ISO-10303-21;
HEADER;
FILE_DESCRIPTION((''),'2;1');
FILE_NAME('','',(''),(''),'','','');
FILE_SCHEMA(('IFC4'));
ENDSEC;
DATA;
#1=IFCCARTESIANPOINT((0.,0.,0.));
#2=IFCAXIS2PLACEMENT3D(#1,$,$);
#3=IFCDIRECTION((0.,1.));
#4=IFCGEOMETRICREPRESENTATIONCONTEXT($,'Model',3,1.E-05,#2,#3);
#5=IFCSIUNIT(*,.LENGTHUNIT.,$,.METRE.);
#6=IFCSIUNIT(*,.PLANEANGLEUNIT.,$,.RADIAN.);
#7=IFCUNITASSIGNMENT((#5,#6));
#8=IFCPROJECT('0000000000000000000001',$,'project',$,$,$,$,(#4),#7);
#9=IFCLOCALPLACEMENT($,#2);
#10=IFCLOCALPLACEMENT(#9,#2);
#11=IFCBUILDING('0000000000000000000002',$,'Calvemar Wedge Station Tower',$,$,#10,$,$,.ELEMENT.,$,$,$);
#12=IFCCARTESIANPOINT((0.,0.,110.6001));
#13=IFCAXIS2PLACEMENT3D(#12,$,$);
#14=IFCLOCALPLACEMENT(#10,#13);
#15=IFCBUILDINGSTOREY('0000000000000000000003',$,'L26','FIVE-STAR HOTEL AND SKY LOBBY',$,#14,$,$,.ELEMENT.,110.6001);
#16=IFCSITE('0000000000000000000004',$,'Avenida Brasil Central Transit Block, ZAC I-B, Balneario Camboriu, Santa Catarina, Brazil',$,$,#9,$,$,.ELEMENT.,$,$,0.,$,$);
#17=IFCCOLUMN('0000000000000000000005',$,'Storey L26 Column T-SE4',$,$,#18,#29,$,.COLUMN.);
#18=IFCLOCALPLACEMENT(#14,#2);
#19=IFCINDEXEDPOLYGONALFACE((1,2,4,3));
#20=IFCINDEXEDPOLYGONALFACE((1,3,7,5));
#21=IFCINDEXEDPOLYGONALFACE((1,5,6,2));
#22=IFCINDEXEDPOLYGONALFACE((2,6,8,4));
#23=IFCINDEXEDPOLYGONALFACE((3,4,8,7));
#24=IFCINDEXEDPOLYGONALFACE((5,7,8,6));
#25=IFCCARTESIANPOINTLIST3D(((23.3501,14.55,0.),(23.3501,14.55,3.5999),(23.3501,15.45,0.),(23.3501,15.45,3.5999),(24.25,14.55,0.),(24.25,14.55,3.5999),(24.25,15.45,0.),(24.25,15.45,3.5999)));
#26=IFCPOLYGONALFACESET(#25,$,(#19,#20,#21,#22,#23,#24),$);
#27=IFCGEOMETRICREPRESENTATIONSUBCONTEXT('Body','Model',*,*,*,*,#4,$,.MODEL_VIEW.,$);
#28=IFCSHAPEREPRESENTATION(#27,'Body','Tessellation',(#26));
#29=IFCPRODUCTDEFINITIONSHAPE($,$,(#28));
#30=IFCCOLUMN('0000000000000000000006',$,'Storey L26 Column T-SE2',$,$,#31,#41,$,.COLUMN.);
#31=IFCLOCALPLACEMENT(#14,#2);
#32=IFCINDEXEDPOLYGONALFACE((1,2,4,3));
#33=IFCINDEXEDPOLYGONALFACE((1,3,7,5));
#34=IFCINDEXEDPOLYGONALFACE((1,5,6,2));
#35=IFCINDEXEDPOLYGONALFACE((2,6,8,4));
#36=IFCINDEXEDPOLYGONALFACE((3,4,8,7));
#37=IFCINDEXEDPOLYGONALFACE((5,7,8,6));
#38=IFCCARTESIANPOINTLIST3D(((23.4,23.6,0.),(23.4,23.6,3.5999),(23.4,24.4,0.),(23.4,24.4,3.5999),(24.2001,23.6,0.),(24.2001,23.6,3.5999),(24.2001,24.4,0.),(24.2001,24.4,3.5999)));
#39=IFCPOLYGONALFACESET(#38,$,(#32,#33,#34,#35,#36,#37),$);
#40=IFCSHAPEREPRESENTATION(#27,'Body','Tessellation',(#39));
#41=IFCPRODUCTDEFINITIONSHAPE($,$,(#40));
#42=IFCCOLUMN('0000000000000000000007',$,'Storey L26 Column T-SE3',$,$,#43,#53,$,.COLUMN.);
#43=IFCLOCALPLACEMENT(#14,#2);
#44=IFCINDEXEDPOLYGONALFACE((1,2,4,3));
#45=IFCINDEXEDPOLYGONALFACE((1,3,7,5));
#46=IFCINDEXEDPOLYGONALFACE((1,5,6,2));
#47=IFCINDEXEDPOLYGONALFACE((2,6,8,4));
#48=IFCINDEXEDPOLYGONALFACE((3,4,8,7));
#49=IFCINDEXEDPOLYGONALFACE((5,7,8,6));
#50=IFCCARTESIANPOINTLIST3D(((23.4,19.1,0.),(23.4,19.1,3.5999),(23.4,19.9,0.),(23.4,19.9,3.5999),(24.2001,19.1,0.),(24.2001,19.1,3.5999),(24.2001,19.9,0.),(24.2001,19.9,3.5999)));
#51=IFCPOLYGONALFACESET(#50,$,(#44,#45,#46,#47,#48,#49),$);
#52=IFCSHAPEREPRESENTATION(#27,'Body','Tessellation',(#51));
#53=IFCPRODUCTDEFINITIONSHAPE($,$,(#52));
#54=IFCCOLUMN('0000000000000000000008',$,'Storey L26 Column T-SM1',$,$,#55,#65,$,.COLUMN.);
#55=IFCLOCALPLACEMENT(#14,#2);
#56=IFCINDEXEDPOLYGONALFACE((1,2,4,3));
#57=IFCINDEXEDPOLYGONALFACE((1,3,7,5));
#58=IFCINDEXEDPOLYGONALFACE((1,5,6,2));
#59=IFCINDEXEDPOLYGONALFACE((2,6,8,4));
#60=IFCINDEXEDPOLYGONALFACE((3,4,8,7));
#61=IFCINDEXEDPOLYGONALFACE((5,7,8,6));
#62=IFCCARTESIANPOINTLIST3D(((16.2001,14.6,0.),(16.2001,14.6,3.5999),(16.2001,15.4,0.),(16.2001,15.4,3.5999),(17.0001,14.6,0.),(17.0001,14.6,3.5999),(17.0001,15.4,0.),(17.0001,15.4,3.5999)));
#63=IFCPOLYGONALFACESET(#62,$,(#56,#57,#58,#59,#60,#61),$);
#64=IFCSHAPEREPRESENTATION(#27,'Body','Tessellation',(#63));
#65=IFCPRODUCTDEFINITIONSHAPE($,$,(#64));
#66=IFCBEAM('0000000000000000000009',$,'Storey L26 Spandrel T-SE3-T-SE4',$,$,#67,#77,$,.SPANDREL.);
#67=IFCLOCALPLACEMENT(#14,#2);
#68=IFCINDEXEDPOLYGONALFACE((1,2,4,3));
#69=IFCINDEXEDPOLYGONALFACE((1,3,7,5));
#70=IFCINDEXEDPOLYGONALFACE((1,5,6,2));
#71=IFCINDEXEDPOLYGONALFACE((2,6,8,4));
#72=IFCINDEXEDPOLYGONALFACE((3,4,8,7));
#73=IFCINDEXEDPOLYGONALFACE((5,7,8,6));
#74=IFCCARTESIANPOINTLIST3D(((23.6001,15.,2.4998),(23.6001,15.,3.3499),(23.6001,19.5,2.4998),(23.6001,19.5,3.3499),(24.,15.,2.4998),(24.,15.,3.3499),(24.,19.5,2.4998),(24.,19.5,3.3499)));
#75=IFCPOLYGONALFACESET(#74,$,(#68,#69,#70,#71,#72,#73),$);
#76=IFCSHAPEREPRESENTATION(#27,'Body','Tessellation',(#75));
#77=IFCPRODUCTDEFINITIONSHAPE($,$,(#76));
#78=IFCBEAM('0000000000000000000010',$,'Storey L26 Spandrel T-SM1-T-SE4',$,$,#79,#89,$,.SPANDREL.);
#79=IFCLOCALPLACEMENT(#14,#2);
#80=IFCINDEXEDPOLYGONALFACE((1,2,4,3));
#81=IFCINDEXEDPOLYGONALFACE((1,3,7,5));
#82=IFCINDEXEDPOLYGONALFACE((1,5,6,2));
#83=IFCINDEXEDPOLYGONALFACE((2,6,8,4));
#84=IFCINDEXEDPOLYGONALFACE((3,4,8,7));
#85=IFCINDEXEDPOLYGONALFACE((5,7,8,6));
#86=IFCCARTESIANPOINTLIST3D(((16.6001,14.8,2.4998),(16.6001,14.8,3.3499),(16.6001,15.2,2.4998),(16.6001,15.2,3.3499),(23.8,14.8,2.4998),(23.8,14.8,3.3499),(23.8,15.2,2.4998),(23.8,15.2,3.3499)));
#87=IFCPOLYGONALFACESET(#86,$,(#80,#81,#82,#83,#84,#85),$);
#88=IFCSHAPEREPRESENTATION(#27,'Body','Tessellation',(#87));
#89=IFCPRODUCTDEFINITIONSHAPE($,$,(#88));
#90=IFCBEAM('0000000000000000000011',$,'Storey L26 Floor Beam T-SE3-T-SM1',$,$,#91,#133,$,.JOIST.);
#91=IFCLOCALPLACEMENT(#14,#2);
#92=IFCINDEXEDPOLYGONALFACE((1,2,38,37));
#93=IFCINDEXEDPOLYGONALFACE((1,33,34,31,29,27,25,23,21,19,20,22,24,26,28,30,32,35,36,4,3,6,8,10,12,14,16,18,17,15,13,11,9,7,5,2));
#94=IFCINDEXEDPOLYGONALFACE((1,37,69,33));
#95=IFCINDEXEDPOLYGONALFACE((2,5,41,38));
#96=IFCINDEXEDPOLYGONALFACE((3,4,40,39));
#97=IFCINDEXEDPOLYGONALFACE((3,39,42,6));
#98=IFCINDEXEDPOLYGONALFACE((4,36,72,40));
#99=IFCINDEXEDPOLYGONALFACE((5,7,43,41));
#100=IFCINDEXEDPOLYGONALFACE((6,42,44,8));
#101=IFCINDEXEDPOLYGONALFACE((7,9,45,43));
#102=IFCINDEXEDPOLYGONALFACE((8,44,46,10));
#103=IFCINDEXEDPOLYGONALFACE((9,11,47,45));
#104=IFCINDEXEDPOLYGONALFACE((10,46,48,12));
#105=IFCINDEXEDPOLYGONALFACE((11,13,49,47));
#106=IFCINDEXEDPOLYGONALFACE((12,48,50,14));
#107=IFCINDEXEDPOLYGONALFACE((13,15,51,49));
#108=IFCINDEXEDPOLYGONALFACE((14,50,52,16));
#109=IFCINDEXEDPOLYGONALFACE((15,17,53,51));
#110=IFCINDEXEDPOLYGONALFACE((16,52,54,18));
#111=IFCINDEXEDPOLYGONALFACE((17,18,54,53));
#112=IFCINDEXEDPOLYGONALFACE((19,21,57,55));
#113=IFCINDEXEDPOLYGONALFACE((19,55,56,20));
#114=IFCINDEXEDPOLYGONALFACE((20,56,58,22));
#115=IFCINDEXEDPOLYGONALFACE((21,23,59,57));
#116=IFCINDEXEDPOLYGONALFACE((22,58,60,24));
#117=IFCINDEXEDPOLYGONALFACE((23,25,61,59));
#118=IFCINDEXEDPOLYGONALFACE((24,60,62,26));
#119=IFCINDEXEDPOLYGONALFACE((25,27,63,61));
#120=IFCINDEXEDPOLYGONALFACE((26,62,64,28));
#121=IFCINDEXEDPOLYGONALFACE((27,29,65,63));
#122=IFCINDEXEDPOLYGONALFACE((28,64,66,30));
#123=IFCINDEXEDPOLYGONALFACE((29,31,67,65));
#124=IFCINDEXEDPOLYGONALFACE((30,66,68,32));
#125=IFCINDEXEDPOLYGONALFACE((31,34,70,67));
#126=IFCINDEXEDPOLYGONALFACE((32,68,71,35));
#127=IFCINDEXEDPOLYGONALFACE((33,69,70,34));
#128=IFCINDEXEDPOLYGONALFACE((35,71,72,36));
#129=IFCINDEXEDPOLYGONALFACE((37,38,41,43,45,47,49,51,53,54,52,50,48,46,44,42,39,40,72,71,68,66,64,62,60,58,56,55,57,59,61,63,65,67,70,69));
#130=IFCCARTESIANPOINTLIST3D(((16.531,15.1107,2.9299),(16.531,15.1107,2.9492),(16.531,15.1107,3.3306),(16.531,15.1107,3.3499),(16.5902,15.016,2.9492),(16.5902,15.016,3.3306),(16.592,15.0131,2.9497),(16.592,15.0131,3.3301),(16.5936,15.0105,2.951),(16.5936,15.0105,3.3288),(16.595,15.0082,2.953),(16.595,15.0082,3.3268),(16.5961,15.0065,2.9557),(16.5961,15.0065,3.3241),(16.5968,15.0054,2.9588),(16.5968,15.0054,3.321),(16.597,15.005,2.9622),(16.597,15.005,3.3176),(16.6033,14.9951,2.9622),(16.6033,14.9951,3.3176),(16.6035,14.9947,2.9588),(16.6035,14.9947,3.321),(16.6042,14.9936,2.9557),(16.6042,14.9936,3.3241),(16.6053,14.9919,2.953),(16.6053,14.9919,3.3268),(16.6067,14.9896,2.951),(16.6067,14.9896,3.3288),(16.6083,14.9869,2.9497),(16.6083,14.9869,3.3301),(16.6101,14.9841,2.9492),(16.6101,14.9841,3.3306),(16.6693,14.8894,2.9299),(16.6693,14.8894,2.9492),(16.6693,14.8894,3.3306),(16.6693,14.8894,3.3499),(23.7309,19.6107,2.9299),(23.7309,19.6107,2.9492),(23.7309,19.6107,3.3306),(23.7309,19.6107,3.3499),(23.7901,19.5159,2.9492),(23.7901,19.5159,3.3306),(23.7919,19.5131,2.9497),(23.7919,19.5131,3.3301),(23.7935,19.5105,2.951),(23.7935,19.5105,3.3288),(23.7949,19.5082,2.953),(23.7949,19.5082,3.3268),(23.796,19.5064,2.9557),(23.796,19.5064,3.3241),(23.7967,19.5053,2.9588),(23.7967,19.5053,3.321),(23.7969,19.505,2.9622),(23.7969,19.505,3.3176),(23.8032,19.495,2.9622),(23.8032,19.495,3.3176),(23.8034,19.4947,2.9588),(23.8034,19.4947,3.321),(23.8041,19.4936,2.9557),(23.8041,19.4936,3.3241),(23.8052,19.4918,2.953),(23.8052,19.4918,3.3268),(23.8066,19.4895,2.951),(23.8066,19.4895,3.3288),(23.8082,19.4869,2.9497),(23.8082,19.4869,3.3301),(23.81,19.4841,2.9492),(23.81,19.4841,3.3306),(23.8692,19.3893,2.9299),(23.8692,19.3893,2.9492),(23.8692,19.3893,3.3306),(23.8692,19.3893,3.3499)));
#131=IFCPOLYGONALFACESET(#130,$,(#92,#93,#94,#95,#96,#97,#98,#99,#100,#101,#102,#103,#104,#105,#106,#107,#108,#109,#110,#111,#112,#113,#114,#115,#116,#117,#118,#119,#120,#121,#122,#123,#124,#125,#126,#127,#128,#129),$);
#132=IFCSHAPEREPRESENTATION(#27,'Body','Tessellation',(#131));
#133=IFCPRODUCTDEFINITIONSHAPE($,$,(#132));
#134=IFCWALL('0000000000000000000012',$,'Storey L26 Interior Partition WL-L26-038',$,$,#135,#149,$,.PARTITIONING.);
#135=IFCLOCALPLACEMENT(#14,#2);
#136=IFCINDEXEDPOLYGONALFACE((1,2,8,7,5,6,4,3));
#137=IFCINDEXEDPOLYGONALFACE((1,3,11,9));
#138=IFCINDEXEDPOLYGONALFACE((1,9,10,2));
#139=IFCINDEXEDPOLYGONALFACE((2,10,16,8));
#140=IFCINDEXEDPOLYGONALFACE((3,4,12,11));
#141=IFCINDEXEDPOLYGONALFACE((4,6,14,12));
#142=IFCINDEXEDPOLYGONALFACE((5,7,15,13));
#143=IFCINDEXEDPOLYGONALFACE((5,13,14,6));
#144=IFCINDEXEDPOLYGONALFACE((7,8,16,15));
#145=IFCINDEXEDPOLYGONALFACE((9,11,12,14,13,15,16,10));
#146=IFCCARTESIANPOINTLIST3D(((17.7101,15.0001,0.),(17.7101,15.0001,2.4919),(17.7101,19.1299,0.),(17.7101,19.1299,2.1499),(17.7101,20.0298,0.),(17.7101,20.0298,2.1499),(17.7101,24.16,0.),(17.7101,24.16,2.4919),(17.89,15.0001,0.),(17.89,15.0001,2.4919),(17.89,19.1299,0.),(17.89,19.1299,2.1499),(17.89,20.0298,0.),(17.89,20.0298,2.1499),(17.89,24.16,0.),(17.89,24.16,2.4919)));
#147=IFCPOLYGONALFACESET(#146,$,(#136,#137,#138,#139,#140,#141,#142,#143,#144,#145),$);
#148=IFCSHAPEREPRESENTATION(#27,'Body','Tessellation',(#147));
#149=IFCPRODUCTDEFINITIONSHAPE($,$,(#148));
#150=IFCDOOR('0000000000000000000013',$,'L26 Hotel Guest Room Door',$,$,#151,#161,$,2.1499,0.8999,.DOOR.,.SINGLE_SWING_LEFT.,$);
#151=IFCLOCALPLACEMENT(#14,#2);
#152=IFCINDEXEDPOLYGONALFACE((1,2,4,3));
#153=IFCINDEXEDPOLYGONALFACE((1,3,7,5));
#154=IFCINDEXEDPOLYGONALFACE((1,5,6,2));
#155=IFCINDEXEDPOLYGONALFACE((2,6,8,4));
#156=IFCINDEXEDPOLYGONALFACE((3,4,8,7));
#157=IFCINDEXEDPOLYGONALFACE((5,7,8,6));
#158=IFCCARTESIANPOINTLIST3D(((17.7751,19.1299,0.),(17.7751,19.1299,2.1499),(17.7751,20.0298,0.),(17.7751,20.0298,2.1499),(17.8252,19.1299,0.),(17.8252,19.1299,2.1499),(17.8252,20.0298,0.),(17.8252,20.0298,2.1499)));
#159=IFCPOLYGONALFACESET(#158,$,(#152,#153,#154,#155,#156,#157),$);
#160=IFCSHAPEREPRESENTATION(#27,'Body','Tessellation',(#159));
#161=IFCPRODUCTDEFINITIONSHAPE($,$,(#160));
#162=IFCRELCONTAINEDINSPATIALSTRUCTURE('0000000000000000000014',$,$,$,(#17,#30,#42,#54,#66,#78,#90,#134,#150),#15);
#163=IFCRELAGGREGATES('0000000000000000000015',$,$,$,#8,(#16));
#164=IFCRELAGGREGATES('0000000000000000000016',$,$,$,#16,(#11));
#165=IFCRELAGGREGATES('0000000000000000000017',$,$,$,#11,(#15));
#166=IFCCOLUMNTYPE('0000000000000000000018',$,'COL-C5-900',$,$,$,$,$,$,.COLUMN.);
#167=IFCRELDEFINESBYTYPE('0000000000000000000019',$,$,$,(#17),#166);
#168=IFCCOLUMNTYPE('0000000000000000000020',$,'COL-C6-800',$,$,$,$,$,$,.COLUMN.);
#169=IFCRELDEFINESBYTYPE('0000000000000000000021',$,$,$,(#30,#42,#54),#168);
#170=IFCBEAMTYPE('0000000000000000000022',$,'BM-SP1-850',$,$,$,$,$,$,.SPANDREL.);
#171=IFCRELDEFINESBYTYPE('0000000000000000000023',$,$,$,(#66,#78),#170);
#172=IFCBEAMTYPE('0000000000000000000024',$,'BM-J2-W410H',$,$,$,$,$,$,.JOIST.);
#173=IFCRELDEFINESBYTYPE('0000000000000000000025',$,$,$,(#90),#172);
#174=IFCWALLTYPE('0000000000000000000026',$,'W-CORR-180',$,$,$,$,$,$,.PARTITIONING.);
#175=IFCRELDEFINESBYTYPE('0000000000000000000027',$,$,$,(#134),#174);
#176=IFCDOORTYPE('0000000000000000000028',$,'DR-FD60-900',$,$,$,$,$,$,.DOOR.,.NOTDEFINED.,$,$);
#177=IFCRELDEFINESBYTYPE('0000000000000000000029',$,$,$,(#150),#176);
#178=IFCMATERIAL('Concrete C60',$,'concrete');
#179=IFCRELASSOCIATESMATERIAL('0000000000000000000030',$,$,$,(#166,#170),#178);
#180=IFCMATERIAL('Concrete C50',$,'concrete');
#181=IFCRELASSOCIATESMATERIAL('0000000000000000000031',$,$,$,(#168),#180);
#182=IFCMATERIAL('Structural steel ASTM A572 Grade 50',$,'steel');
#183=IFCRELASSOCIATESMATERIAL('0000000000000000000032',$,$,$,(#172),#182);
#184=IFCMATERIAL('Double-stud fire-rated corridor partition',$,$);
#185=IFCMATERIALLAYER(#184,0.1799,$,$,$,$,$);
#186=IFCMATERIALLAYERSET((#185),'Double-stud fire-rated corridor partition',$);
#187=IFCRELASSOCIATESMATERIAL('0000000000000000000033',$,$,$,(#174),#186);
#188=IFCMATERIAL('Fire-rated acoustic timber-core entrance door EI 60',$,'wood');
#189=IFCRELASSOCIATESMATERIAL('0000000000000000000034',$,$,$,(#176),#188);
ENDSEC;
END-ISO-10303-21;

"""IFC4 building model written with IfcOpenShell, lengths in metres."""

from ifc_helpers import new_model, si_unit, direction, frame, frame_2d, origin, origin_2d, place, context, subcontext, project, spatial, rectangle, i_section, extrude, source, transform, mapped, material, layer, layer_set, material_profile, profile_set, type_object, element, fill, save


model = new_model("IFC4")

# Units and contexts
model_context = context("Model", 3, precision=1e-05, world=origin(), true_north=direction((0.0, 1.0)))
body_context = subcontext(model_context, "Body", "Model", "MODEL_VIEW")
ifc_project = project(units=[si_unit("LENGTHUNIT", "METRE"), si_unit("PLANEANGLEUNIT", "RADIAN")], contexts=[model_context])

# Site, building, storey
site_placement = place(None, origin())
site = spatial("IfcSite", under=ifc_project, at=site_placement, Name="Avenida Brasil Central Transit Block, ZAC I-B, Balneario Camboriu, Santa Catarina, Brazil", CompositionType="ELEMENT", RefElevation=0.0)
building_placement = place(site_placement, origin())
building = spatial("IfcBuilding", under=site, at=building_placement, Name="Calvemar Wedge Station Tower", CompositionType="ELEMENT")
storey_placement = place(building_placement, frame((0.0, 0.0, 110.6001)))
storey = spatial("IfcBuildingStorey", under=building, at=storey_placement, Name="L26", Description="FIVE-STAR HOTEL AND SKY LOBBY", CompositionType="ELEMENT", Elevation=110.6001)

# Columns
ifc_material_1 = material(Name="Concrete C60", Category="concrete")
ifc_material_profile_1 = material_profile(ifc_material_1, rectangle(XDim=0.8999, YDim=0.8999, at=origin_2d()), Name="RC900x900")
ifc_profile_set_1 = profile_set([ifc_material_profile_1], Name="Concrete C60")
column_type_1 = type_object("IfcColumnType", Name="COL-C5-900", PredefinedType="COLUMN", material=ifc_profile_set_1)
shared_shape_1 = source(origin(), body_context, "Body", "SweptSolid", [
    extrude(rectangle(XDim=0.8999, YDim=0.8999, at=origin_2d()), origin(), (0.0, 0.0, 1.0), 3.5999),
])
column_placement = place(storey_placement, frame((23.8, 15.0, 0.0), z_axis=(0.0, 0.0, 1.0), x_axis=(1.0, 0.0, 0.0)))
element("IfcColumn", 1, at=column_placement, inside=storey, type_object=column_type_1, Name="Storey L26 Column T-SE4", PredefinedType="COLUMN", context=body_context, shape_type="MappedRepresentation", body=[
    mapped(shared_shape_1, transform((0.0, 0.0, 0.0), scale=1.0)),
])
ifc_material_2 = material(Name="Concrete C50", Category="concrete")
ifc_material_profile_2 = material_profile(ifc_material_2, rectangle(XDim=0.8, YDim=0.8, at=origin_2d()), Name="RC800x800")
ifc_profile_set_2 = profile_set([ifc_material_profile_2], Name="Concrete C50")
column_type_2 = type_object("IfcColumnType", Name="COL-C6-800", PredefinedType="COLUMN", material=ifc_profile_set_2)
shared_shape_2 = source(origin(), body_context, "Body", "SweptSolid", [
    extrude(rectangle(XDim=0.8, YDim=0.8, at=origin_2d()), origin(), (0.0, 0.0, 1.0), 3.5999),
])
for number, where, z_axis, x_axis, name in (
    (2, (23.8, 24.0, 0.0), (0.0, 0.0, 1.0), (1.0, 0.0, 0.0), "Storey L26 Column T-SE2"),
    (3, (23.8, 19.5, 0.0), (0.0, 0.0, 1.0), (1.0, 0.0, 0.0), "Storey L26 Column T-SE3"),
    (4, (16.6001, 15.0, 0.0), (0.0, 0.0, 1.0), (1.0, 0.0, 0.0), "Storey L26 Column T-SM1"),
):
    element("IfcColumn", number, at=place(storey_placement, frame(where, z_axis=z_axis, x_axis=x_axis)), inside=storey, type_object=column_type_2, Name=name, PredefinedType="COLUMN", context=body_context, shape_type="MappedRepresentation", body=[
        mapped(shared_shape_2, transform((0.0, 0.0, 0.0), scale=1.0)),
    ])

# Beams
ifc_material_profile_3 = material_profile(ifc_material_1, rectangle(XDim=0.3999, YDim=0.8501, at=origin_2d()), Name="RC400x850")
ifc_profile_set_3 = profile_set([ifc_material_profile_3], Name="Concrete C60")
beam_type_1 = type_object("IfcBeamType", Name="BM-SP1-850", PredefinedType="SPANDREL", material=ifc_profile_set_3)
shared_shape_3 = source(origin(), body_context, "Body", "SweptSolid", [
    extrude(rectangle(XDim=0.3999, YDim=0.8501, at=origin_2d()), origin(), (0.0, 0.0, 1.0), 4.5),
])
beam_1_placement = place(storey_placement, frame((23.8, 19.5, 2.9248), z_axis=(0.0, -1.0, 0.0), x_axis=(1.0, 0.0, 0.0)))
element("IfcBeam", 5, at=beam_1_placement, inside=storey, type_object=beam_type_1, Name="Storey L26 Spandrel T-SE3-T-SE4", PredefinedType="SPANDREL", context=body_context, shape_type="MappedRepresentation", body=[
    mapped(shared_shape_3, transform((0.0, 0.0, 0.0), scale=1.0)),
])
shared_shape_4 = source(origin(), body_context, "Body", "SweptSolid", [
    extrude(rectangle(XDim=0.3999, YDim=0.8501, at=origin_2d()), origin(), (0.0, 0.0, 1.0), 7.2),
])
beam_2_placement = place(storey_placement, frame((16.6001, 15.0, 2.9248), z_axis=(1.0, 0.0, 0.0), x_axis=(0.0, 1.0, 0.0)))
element("IfcBeam", 6, at=beam_2_placement, inside=storey, type_object=beam_type_1, Name="Storey L26 Spandrel T-SM1-T-SE4", PredefinedType="SPANDREL", context=body_context, shape_type="MappedRepresentation", body=[
    mapped(shared_shape_4, transform((0.0, 0.0, 0.0), scale=1.0)),
])
ifc_material_3 = material(Name="Structural steel ASTM A572 Grade 50", Category="steel")
ifc_material_profile_4 = material_profile(ifc_material_3, i_section(OverallWidth=0.261, OverallDepth=0.4199, WebThickness=0.0117, FlangeThickness=0.0193, FilletRadius=0.0129, at=origin_2d()), Name="W410x114")
ifc_profile_set_4 = profile_set([ifc_material_profile_4], Name="Structural steel ASTM A572 Grade 50")
beam_type_2 = type_object("IfcBeamType", Name="BM-J2-W410H", PredefinedType="JOIST", material=ifc_profile_set_4)
shared_shape_5 = source(origin(), body_context, "Body", "SweptSolid", [
    extrude(i_section(OverallWidth=0.261, OverallDepth=0.4199, WebThickness=0.0117, FlangeThickness=0.0193, FilletRadius=0.0129, at=origin_2d()), origin(), (0.0, 0.0, 1.0), 8.4905),
])
beam_3_placement = place(storey_placement, frame((23.8, 19.5, 3.1399), z_axis=(-0.847997, -0.530002, 0.0), x_axis=(0.530002, -0.847997, 0.0)))
element("IfcBeam", 7, at=beam_3_placement, inside=storey, type_object=beam_type_2, Name="Storey L26 Floor Beam T-SE3-T-SM1", PredefinedType="JOIST", context=body_context, shape_type="MappedRepresentation", body=[
    mapped(shared_shape_5, transform((0.0, 0.0, 0.0), scale=1.0)),
])

# Wall, opening, door
ifc_material_4 = material(Name="Double-stud fire-rated corridor partition")
ifc_layer_1 = layer(ifc_material_4, 0.1799)
ifc_layer_set_1 = layer_set([ifc_layer_1], Name="Double-stud fire-rated corridor partition")
wall_type_1 = type_object("IfcWallType", Name="W-CORR-180", PredefinedType="PARTITIONING", material=ifc_layer_set_1)
wall_1_placement = place(storey_placement, frame((17.8, 15.0, 0.0), z_axis=(0.0, 0.0, 1.0), x_axis=(0.0, 1.0, 0.0)))
wall_1 = element("IfcWall", 8, at=wall_1_placement, inside=storey, type_object=wall_type_1, Name="Storey L26 Interior Partition WL-L26-038", PredefinedType="PARTITIONING", context=body_context, shape_type="SweptSolid", body=[
    extrude(rectangle(XDim=9.1599, YDim=0.1799, at=frame_2d((4.5801, 0.0))), origin(), (0.0, 0.0, 1.0), 2.4919),
])
shared_shape_6 = source(origin(), body_context, "Body", "SweptSolid", [
    extrude(rectangle(XDim=0.8999, YDim=2.1499, at=frame_2d((0.45, 1.075))), frame((0.0, 0.1001, 0.0), z_axis=(0.0, -1.0, 0.0), x_axis=(1.0, 0.0, 0.0)), (0.0, 0.0, 1.0), 0.2),
])
opening_1_placement = place(wall_1_placement, frame((4.1299, 0.0, 0.0)))
opening_1 = element("IfcOpeningElement", 9, at=opening_1_placement, cuts=wall_1, PredefinedType="OPENING", context=body_context, shape_type="MappedRepresentation", body=[
    mapped(shared_shape_6, transform((0.0, 0.0, 0.0), scale=1.0)),
])
ifc_material_5 = material(Name="Fire-rated acoustic timber-core entrance door EI 60", Category="wood")
door_type_1 = type_object("IfcDoorType", Name="DR-FD60-900", OperationType="NOTDEFINED", PredefinedType="DOOR", material=ifc_material_5)
shared_shape_7 = source(origin(), body_context, "Body", "SweptSolid", [
    extrude(rectangle(XDim=0.8999, YDim=2.1499, at=frame_2d((0.45, 1.075))), frame((0.0, 0.0249, 0.0), z_axis=(0.0, -1.0, 0.0), x_axis=(1.0, 0.0, 0.0)), (0.0, 0.0, 1.0), 0.05),
])
door_1_placement = place(opening_1_placement, origin())
door_1 = element("IfcDoor", 10, at=door_1_placement, inside=storey, type_object=door_type_1, Name="L26 Hotel Guest Room Door", OperationType="SINGLE_SWING_LEFT", OverallHeight=2.1499, OverallWidth=0.8999, PredefinedType="DOOR", context=body_context, shape_type="MappedRepresentation", body=[
    mapped(shared_shape_7, transform((0.0, 0.0, 0.0), scale=1.0)),
])
fill(opening_1, door_1)

save(model, "model.ifc")
